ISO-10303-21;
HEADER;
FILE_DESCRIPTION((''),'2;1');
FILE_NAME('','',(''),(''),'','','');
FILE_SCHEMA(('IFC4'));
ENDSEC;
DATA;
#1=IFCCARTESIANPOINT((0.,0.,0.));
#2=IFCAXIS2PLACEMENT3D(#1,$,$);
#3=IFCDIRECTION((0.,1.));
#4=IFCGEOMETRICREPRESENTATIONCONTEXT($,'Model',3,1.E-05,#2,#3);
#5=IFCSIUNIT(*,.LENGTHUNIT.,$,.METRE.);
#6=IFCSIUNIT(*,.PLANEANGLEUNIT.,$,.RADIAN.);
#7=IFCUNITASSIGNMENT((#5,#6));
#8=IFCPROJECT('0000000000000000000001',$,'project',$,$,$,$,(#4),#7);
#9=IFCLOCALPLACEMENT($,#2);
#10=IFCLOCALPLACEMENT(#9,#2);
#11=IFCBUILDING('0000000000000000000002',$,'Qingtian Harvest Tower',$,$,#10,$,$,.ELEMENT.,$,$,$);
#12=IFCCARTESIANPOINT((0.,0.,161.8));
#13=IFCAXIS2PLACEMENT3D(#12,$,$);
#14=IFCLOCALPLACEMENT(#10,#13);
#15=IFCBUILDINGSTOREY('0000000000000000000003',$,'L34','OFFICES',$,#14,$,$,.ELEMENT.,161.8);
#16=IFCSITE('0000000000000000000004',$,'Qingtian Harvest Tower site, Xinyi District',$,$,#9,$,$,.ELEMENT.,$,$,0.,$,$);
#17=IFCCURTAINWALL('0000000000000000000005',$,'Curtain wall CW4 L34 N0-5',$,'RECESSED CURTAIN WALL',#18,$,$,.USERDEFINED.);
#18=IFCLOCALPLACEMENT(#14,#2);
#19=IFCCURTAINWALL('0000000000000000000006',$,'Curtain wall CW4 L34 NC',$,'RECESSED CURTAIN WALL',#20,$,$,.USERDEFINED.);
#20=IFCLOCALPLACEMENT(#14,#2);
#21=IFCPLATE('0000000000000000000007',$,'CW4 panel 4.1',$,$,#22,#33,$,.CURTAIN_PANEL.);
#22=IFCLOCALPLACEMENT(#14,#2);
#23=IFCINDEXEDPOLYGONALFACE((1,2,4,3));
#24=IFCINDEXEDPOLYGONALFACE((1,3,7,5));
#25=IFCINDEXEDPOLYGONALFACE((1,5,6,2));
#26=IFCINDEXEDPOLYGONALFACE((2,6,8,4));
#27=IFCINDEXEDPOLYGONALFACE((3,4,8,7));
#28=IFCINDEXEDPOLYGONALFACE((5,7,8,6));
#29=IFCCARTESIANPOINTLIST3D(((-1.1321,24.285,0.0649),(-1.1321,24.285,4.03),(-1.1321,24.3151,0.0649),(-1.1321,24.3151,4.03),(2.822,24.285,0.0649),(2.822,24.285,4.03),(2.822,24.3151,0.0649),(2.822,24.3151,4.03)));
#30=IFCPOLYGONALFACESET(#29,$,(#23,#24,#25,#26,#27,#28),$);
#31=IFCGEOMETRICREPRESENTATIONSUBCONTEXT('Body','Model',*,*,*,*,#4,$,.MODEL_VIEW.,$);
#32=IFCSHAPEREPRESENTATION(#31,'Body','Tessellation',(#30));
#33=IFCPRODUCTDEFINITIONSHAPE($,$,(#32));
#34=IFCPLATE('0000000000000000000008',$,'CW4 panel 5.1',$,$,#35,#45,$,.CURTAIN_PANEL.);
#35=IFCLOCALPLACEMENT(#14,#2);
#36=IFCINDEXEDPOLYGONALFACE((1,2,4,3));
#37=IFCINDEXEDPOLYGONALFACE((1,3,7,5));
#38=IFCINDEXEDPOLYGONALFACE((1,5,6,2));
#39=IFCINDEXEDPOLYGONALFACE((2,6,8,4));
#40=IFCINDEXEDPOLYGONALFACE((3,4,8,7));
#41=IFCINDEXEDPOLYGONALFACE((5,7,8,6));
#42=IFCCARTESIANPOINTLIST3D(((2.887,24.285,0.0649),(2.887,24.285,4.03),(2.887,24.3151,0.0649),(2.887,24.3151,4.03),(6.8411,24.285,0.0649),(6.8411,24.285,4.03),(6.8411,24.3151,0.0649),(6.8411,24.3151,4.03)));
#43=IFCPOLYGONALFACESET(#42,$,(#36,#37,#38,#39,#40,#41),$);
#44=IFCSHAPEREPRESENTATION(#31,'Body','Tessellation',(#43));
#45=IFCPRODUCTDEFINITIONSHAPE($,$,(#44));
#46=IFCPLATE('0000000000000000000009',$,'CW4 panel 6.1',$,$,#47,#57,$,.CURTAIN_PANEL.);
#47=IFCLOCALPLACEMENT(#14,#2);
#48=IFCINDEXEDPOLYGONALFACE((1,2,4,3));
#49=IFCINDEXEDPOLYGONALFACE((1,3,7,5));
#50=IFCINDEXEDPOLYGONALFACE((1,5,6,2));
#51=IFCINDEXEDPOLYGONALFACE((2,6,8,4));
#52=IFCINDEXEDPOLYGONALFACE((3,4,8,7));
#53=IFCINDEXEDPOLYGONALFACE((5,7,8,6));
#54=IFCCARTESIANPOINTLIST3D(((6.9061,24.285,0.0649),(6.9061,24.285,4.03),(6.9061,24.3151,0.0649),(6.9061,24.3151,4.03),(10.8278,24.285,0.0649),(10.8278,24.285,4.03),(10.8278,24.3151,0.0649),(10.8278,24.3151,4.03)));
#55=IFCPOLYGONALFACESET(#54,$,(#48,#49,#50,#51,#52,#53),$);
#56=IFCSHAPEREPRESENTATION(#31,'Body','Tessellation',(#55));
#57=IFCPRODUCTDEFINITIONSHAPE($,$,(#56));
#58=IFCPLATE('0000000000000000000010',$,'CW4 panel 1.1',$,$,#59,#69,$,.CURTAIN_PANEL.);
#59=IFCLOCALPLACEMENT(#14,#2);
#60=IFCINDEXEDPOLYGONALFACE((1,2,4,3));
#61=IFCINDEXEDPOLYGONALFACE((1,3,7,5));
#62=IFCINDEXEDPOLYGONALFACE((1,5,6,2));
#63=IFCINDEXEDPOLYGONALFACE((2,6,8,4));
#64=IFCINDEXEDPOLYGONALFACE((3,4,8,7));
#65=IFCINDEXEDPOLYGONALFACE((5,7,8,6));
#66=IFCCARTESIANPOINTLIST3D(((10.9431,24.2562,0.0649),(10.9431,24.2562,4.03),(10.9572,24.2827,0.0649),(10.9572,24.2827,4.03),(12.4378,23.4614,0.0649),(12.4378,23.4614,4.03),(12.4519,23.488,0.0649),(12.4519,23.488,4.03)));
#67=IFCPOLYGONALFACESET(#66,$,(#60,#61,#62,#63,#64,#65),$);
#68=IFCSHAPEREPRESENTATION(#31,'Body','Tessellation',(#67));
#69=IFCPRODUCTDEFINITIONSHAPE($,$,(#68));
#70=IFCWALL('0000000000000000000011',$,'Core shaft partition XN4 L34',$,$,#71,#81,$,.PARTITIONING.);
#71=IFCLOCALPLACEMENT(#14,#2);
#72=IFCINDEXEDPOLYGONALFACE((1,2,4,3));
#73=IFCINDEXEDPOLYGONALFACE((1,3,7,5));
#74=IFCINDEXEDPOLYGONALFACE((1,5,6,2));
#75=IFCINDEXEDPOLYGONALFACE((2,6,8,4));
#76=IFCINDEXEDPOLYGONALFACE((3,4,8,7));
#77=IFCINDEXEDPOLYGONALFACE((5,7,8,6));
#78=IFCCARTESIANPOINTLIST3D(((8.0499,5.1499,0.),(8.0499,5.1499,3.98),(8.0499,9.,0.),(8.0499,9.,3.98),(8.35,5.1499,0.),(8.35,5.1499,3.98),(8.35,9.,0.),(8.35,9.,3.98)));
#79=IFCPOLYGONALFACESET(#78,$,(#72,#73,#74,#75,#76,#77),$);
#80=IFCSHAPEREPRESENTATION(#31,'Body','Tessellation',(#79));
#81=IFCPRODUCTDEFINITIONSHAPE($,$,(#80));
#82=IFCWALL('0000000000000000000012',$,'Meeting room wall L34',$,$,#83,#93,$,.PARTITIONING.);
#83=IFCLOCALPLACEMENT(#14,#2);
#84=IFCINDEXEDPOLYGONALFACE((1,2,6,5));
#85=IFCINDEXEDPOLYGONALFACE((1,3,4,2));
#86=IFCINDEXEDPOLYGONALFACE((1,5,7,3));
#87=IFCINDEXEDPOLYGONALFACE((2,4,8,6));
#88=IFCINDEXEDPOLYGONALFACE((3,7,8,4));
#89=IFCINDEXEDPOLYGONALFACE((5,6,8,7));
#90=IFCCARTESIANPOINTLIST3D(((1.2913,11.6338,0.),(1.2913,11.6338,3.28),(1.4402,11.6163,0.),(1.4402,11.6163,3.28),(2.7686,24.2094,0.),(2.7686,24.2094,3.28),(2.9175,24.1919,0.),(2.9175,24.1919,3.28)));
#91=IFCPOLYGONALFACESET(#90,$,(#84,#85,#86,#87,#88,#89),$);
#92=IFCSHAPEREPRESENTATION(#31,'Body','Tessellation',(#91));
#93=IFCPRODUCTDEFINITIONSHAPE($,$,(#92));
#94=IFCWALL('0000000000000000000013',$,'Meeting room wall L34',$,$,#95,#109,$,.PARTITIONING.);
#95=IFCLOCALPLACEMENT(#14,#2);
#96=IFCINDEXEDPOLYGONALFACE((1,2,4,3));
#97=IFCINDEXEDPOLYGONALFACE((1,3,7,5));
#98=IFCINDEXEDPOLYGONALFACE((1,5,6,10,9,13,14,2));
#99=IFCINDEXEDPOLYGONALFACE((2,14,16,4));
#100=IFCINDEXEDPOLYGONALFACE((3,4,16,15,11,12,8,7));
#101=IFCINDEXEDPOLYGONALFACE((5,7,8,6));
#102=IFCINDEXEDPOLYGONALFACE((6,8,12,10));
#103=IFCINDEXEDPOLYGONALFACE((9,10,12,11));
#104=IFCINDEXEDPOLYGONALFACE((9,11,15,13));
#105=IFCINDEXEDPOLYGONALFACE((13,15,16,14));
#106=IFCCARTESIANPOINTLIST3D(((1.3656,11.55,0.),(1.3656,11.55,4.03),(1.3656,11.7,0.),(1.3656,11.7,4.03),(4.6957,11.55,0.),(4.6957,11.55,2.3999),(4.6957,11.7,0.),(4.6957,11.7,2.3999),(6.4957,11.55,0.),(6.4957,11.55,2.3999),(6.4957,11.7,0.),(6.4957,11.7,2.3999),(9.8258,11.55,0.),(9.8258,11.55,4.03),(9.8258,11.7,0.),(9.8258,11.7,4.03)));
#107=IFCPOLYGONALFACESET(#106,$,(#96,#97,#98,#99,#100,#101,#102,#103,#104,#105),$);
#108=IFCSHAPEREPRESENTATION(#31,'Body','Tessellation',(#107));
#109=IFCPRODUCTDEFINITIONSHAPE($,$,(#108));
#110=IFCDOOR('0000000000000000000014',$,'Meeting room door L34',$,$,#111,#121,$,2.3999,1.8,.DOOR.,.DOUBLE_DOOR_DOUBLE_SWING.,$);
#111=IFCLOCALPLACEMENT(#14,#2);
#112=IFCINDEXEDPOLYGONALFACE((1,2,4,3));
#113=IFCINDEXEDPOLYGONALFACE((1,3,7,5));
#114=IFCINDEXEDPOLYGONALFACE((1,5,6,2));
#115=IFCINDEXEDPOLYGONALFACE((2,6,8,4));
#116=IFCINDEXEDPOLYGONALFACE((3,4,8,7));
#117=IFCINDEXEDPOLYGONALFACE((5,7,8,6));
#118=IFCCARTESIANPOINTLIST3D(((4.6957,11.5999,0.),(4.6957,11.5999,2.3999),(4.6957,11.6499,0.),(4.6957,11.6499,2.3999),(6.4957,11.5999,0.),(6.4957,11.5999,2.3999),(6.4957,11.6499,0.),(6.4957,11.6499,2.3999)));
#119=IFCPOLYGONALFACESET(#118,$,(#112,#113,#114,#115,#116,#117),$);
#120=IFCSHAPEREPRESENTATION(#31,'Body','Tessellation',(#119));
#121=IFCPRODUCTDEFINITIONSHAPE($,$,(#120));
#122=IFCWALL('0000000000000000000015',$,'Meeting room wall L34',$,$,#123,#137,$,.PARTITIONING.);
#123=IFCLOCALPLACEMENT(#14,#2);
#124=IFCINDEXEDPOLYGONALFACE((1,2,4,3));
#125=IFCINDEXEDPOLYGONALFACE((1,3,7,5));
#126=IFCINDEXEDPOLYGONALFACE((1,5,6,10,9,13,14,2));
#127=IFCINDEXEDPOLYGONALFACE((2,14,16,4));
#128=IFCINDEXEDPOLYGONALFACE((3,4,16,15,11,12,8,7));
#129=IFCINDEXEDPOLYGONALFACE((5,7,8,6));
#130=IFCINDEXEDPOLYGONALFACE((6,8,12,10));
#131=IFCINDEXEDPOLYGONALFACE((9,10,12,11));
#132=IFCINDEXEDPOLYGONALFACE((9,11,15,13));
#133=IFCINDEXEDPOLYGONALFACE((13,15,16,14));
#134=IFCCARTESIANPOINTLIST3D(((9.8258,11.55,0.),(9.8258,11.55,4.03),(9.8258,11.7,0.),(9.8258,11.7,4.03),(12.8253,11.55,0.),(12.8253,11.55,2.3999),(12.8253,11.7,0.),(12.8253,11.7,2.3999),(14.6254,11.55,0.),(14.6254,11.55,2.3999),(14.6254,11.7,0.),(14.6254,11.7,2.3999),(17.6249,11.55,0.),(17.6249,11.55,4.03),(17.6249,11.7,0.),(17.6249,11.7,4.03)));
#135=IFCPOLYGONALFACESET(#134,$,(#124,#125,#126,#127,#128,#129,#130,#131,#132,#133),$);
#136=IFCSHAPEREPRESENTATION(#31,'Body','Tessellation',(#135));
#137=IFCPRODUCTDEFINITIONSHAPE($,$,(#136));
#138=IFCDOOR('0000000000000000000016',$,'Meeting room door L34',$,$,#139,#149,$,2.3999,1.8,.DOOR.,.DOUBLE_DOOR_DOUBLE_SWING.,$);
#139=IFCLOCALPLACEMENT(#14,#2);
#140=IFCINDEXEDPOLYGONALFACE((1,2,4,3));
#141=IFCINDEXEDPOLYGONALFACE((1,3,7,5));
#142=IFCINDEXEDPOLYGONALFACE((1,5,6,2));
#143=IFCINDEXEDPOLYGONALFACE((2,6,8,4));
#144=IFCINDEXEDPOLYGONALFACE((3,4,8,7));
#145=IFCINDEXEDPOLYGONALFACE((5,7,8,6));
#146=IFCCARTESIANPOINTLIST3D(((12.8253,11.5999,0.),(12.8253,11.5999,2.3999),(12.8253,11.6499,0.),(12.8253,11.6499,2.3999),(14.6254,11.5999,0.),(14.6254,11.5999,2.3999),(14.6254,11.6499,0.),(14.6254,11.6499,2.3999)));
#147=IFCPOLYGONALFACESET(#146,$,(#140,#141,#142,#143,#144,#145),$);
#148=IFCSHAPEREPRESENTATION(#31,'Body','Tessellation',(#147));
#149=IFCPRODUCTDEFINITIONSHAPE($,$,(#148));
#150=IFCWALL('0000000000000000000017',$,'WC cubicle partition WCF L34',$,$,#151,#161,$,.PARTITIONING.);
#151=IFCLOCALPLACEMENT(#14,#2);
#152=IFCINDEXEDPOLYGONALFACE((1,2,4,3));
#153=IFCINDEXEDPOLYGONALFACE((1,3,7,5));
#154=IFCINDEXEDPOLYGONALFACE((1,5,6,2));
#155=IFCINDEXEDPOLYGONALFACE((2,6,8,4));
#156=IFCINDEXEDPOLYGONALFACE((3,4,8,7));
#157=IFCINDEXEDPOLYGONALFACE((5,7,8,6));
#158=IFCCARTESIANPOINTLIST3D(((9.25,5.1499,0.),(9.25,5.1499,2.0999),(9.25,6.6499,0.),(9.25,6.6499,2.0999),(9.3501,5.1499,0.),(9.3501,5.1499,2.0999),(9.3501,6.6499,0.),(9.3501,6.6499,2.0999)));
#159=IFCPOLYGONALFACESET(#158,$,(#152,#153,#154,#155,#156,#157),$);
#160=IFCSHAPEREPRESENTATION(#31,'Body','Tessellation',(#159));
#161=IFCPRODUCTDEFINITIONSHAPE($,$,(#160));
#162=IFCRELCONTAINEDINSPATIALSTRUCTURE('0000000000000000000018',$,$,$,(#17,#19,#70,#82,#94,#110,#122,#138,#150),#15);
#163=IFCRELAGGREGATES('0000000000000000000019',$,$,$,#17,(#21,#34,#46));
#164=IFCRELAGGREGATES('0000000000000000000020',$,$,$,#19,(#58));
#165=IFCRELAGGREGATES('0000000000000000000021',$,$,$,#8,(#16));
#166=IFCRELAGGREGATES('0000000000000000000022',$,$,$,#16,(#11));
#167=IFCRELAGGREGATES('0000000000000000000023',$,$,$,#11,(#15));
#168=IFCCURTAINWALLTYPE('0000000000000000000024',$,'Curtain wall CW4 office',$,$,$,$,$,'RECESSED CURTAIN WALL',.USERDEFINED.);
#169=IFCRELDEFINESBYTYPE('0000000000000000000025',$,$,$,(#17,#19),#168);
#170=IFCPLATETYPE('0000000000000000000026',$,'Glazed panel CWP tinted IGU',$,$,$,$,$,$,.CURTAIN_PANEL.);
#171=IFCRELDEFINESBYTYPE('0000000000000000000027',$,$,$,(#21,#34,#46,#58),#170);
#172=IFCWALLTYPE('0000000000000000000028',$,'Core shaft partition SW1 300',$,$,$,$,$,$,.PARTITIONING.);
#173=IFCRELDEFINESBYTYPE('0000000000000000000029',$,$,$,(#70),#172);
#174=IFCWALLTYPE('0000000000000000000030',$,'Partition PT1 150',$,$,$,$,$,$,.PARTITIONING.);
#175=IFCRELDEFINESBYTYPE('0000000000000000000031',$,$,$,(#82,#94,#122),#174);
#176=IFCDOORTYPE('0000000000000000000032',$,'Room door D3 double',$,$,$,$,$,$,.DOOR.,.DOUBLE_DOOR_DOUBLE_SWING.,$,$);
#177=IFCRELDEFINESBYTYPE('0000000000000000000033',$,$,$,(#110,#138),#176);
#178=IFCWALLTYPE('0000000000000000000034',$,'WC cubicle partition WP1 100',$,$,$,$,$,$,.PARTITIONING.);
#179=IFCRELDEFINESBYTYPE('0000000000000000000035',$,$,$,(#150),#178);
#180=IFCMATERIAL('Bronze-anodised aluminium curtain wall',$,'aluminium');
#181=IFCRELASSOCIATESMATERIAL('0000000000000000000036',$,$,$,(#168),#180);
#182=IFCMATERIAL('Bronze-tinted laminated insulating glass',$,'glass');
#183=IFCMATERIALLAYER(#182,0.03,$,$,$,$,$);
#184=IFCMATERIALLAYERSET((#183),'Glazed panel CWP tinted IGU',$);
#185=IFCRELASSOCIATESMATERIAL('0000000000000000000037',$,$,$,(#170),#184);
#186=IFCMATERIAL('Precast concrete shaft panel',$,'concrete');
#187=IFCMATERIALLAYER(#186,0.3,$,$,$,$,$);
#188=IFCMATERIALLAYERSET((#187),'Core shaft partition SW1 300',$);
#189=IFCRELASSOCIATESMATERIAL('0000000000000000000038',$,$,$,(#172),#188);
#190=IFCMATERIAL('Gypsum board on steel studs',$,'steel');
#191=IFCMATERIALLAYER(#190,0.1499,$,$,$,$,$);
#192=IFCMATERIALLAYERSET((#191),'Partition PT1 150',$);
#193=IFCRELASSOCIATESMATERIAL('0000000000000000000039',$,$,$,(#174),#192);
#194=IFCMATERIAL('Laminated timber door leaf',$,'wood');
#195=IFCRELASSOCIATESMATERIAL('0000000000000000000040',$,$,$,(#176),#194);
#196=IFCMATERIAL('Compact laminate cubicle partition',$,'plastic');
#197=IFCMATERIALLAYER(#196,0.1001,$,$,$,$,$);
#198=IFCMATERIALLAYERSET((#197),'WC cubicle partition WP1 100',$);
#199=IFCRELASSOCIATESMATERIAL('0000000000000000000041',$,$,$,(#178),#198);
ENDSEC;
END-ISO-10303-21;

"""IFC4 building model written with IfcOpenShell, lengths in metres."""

from ifc_helpers import new_model, si_unit, direction, frame, frame_2d, origin, origin_2d, place, context, subcontext, project, spatial, rectangle, extrude, material, layer, layer_set, type_object, element, fill, aggregate, save


model = new_model("IFC4")

# Units and contexts
model_context = context("Model", 3, precision=1e-05, world=origin(), true_north=direction((0.0, 1.0)))
body_context = subcontext(model_context, "Body", "Model", "MODEL_VIEW")
ifc_project = project(units=[si_unit("LENGTHUNIT", "METRE"), si_unit("PLANEANGLEUNIT", "RADIAN")], contexts=[model_context])

# Site, building, storey
site_placement = place(None, origin())
site = spatial("IfcSite", under=ifc_project, at=site_placement, Name="Qingtian Harvest Tower site, Xinyi District", CompositionType="ELEMENT", RefElevation=0.0)
building_placement = place(site_placement, origin())
building = spatial("IfcBuilding", under=site, at=building_placement, Name="Qingtian Harvest Tower", CompositionType="ELEMENT")
storey_placement = place(building_placement, frame((0.0, 0.0, 161.8)))
storey = spatial("IfcBuildingStorey", under=building, at=storey_placement, Name="L34", Description="OFFICES", CompositionType="ELEMENT", Elevation=161.8)

# Curtain walls
ifc_material_1 = material(Name="Bronze-anodised aluminium curtain wall", Category="aluminium")
curtain_wall_type = type_object("IfcCurtainWallType", Name="Curtain wall CW4 office", ElementType="RECESSED CURTAIN WALL", PredefinedType="USERDEFINED", material=ifc_material_1)
curtain_wall_1_placement = place(storey_placement, origin())
curtain_wall_1 = element("IfcCurtainWall", 1, at=curtain_wall_1_placement, inside=storey, type_object=curtain_wall_type, Name="Curtain wall CW4 L34 N0-5", ObjectType="RECESSED CURTAIN WALL", PredefinedType="USERDEFINED")
curtain_wall_2_placement = place(storey_placement, origin())
curtain_wall_2 = element("IfcCurtainWall", 2, at=curtain_wall_2_placement, inside=storey, type_object=curtain_wall_type, Name="Curtain wall CW4 L34 NC", ObjectType="RECESSED CURTAIN WALL", PredefinedType="USERDEFINED")

# Plates
ifc_material_2 = material(Name="Bronze-tinted laminated insulating glass", Category="glass")
ifc_layer_1 = layer(ifc_material_2, 0.03)
ifc_layer_set_1 = layer_set([ifc_layer_1], Name="Glazed panel CWP tinted IGU")
plate_type = type_object("IfcPlateType", Name="Glazed panel CWP tinted IGU", PredefinedType="CURTAIN_PANEL", material=ifc_layer_set_1)
plate_1_placement = place(storey_placement, frame((0.845, 24.3, 0.0649), z_axis=(0.0, 0.0, 1.0), x_axis=(1.0, 0.0, 0.0)))
plate_1 = element("IfcPlate", 3, at=plate_1_placement, type_object=plate_type, Name="CW4 panel 4.1", PredefinedType="CURTAIN_PANEL", context=body_context, shape_type="SweptSolid", body=[
    extrude(rectangle(XDim=3.9541, YDim=0.03, at=origin_2d()), origin(), (0.0, 0.0, 1.0), 3.9651),
])
plate_2_placement = place(storey_placement, frame((4.864, 24.3, 0.0649), z_axis=(0.0, 0.0, 1.0), x_axis=(1.0, 0.0, 0.0)))
plate_2 = element("IfcPlate", 4, at=plate_2_placement, type_object=plate_type, Name="CW4 panel 5.1", PredefinedType="CURTAIN_PANEL", context=body_context, shape_type="SweptSolid", body=[
    extrude(rectangle(XDim=3.9541, YDim=0.03, at=origin_2d()), origin(), (0.0, 0.0, 1.0), 3.9651),
])
plate_3_placement = place(storey_placement, frame((8.8669, 24.3, 0.0649), z_axis=(0.0, 0.0, 1.0), x_axis=(1.0, 0.0, 0.0)))
plate_3 = element("IfcPlate", 5, at=plate_3_placement, type_object=plate_type, Name="CW4 panel 6.1", PredefinedType="CURTAIN_PANEL", context=body_context, shape_type="SweptSolid", body=[
    extrude(rectangle(XDim=3.9216, YDim=0.03, at=origin_2d()), origin(), (0.0, 0.0, 1.0), 3.9651),
])
aggregate(curtain_wall_1, [plate_1, plate_2, plate_3])
plate_4_placement = place(storey_placement, frame((11.6975, 23.8721, 0.0649), z_axis=(0.0, 0.0, 1.0), x_axis=(0.882948, -0.469472, 0.0)))
plate_4 = element("IfcPlate", 6, at=plate_4_placement, type_object=plate_type, Name="CW4 panel 1.1", PredefinedType="CURTAIN_PANEL", context=body_context, shape_type="SweptSolid", body=[
    extrude(rectangle(XDim=1.6929, YDim=0.03, at=origin_2d()), origin(), (0.0, 0.0, 1.0), 3.9651),
])
aggregate(curtain_wall_2, [plate_4])

# Walls
ifc_material_3 = material(Name="Precast concrete shaft panel", Category="concrete")
ifc_layer_2 = layer(ifc_material_3, 0.3)
ifc_layer_set_2 = layer_set([ifc_layer_2], Name="Core shaft partition SW1 300")
wall_type_1 = type_object("IfcWallType", Name="Core shaft partition SW1 300", PredefinedType="PARTITIONING", material=ifc_layer_set_2)
wall_1_placement = place(storey_placement, frame((8.2, 5.1499, 0.0), z_axis=(0.0, 0.0, 1.0), x_axis=(0.0, 1.0, 0.0)))
element("IfcWall", 7, at=wall_1_placement, inside=storey, type_object=wall_type_1, Name="Core shaft partition XN4 L34", PredefinedType="PARTITIONING", context=body_context, shape_type="SweptSolid", body=[
    extrude(rectangle(XDim=3.8501, YDim=0.3, at=frame_2d((1.925, 0.0))), origin(), (0.0, 0.0, 1.0), 3.98),
])
ifc_material_4 = material(Name="Gypsum board on steel studs", Category="steel")
ifc_layer_3 = layer(ifc_material_4, 0.1499)
ifc_layer_set_3 = layer_set([ifc_layer_3], Name="Partition PT1 150")
wall_type_2 = type_object("IfcWallType", Name="Partition PT1 150", PredefinedType="PARTITIONING", material=ifc_layer_set_3)
wall_2_placement = place(storey_placement, frame((2.843, 24.2007, 0.0), z_axis=(0.0, 0.0, 1.0), x_axis=(-0.11667, -0.993171, 0.0)))
element("IfcWall", 8, at=wall_2_placement, inside=storey, type_object=wall_type_2, Name="Meeting room wall L34", PredefinedType="PARTITIONING", context=body_context, shape_type="SweptSolid", body=[
    extrude(rectangle(XDim=12.6621, YDim=0.1499, at=frame_2d((6.3311, 0.0))), origin(), (0.0, 0.0, 1.0), 3.28),
])

# Walls, openings, doors
wall_3_placement = place(storey_placement, frame((1.3657, 11.625, 0.0), z_axis=(0.0, 0.0, 1.0), x_axis=(1.0, 0.0, 0.0)))
wall_3 = element("IfcWall", 9, at=wall_3_placement, inside=storey, type_object=wall_type_2, Name="Meeting room wall L34", PredefinedType="PARTITIONING", context=body_context, shape_type="SweptSolid", body=[
    extrude(rectangle(XDim=8.4602, YDim=0.1499, at=frame_2d((4.23, 0.0))), origin(), (0.0, 0.0, 1.0), 4.03),
])
opening_1_placement = place(wall_3_placement, frame((3.3301, 0.0, 0.0)))
opening_1 = element("IfcOpeningElement", 10, at=opening_1_placement, cuts=wall_3, PredefinedType="OPENING", context=body_context, shape_type="SweptSolid", body=[
    extrude(rectangle(XDim=1.8, YDim=2.3999, at=frame_2d((0.8999, 1.2))), frame((0.0, 0.085, 0.0), z_axis=(0.0, -1.0, 0.0), x_axis=(1.0, 0.0, 0.0)), (0.0, 0.0, 1.0), 0.1699),
])
ifc_material_5 = material(Name="Laminated timber door leaf", Category="wood")
door_type = type_object("IfcDoorType", Name="Room door D3 double", OperationType="DOUBLE_DOOR_DOUBLE_SWING", PredefinedType="DOOR", material=ifc_material_5)
door_1_placement = place(opening_1_placement, origin())
door_1 = element("IfcDoor", 11, at=door_1_placement, inside=storey, type_object=door_type, Name="Meeting room door L34", OperationType="DOUBLE_DOOR_DOUBLE_SWING", OverallHeight=2.3999, OverallWidth=1.8, PredefinedType="DOOR", context=body_context, shape_type="SweptSolid", body=[
    extrude(rectangle(XDim=1.8, YDim=2.3999, at=frame_2d((0.8999, 1.2))), frame((0.0, 0.0249, 0.0), z_axis=(0.0, -1.0, 0.0), x_axis=(1.0, 0.0, 0.0)), (0.0, 0.0, 1.0), 0.05),
])
fill(opening_1, door_1)
wall_4_placement = place(storey_placement, frame((9.8259, 11.625, 0.0), z_axis=(0.0, 0.0, 1.0), x_axis=(1.0, 0.0, 0.0)))
wall_4 = element("IfcWall", 12, at=wall_4_placement, inside=storey, type_object=wall_type_2, Name="Meeting room wall L34", PredefinedType="PARTITIONING", context=body_context, shape_type="SweptSolid", body=[
    extrude(rectangle(XDim=7.7991, YDim=0.1499, at=frame_2d((3.8994, 0.0))), origin(), (0.0, 0.0, 1.0), 4.03),
])
opening_2_placement = place(wall_4_placement, frame((2.9995, 0.0, 0.0)))
opening_2 = element("IfcOpeningElement", 13, at=opening_2_placement, cuts=wall_4, PredefinedType="OPENING", context=body_context, shape_type="SweptSolid", body=[
    extrude(rectangle(XDim=1.8, YDim=2.3999, at=frame_2d((0.8999, 1.2))), frame((0.0, 0.085, 0.0), z_axis=(0.0, -1.0, 0.0), x_axis=(1.0, 0.0, 0.0)), (0.0, 0.0, 1.0), 0.1699),
])
door_2_placement = place(opening_2_placement, origin())
door_2 = element("IfcDoor", 14, at=door_2_placement, inside=storey, type_object=door_type, Name="Meeting room door L34", OperationType="DOUBLE_DOOR_DOUBLE_SWING", OverallHeight=2.3999, OverallWidth=1.8, PredefinedType="DOOR", context=body_context, shape_type="SweptSolid", body=[
    extrude(rectangle(XDim=1.8, YDim=2.3999, at=frame_2d((0.8999, 1.2))), frame((0.0, 0.0249, 0.0), z_axis=(0.0, -1.0, 0.0), x_axis=(1.0, 0.0, 0.0)), (0.0, 0.0, 1.0), 0.05),
])
fill(opening_2, door_2)

# Wall
ifc_material_6 = material(Name="Compact laminate cubicle partition", Category="plastic")
ifc_layer_4 = layer(ifc_material_6, 0.1001)
ifc_layer_set_4 = layer_set([ifc_layer_4], Name="WC cubicle partition WP1 100")
wall_type_3 = type_object("IfcWallType", Name="WC cubicle partition WP1 100", PredefinedType="PARTITIONING", material=ifc_layer_set_4)
wall_5_placement = place(storey_placement, frame((9.3, 5.1499, 0.0), z_axis=(0.0, 0.0, 1.0), x_axis=(0.0, 1.0, 0.0)))
element("IfcWall", 15, at=wall_5_placement, inside=storey, type_object=wall_type_3, Name="WC cubicle partition WCF L34", PredefinedType="PARTITIONING", context=body_context, shape_type="SweptSolid", body=[
    extrude(rectangle(XDim=1.5, YDim=0.1001, at=frame_2d((0.75, 0.0))), origin(), (0.0, 0.0, 1.0), 2.0999),
])

save(model, "model.ifc")
